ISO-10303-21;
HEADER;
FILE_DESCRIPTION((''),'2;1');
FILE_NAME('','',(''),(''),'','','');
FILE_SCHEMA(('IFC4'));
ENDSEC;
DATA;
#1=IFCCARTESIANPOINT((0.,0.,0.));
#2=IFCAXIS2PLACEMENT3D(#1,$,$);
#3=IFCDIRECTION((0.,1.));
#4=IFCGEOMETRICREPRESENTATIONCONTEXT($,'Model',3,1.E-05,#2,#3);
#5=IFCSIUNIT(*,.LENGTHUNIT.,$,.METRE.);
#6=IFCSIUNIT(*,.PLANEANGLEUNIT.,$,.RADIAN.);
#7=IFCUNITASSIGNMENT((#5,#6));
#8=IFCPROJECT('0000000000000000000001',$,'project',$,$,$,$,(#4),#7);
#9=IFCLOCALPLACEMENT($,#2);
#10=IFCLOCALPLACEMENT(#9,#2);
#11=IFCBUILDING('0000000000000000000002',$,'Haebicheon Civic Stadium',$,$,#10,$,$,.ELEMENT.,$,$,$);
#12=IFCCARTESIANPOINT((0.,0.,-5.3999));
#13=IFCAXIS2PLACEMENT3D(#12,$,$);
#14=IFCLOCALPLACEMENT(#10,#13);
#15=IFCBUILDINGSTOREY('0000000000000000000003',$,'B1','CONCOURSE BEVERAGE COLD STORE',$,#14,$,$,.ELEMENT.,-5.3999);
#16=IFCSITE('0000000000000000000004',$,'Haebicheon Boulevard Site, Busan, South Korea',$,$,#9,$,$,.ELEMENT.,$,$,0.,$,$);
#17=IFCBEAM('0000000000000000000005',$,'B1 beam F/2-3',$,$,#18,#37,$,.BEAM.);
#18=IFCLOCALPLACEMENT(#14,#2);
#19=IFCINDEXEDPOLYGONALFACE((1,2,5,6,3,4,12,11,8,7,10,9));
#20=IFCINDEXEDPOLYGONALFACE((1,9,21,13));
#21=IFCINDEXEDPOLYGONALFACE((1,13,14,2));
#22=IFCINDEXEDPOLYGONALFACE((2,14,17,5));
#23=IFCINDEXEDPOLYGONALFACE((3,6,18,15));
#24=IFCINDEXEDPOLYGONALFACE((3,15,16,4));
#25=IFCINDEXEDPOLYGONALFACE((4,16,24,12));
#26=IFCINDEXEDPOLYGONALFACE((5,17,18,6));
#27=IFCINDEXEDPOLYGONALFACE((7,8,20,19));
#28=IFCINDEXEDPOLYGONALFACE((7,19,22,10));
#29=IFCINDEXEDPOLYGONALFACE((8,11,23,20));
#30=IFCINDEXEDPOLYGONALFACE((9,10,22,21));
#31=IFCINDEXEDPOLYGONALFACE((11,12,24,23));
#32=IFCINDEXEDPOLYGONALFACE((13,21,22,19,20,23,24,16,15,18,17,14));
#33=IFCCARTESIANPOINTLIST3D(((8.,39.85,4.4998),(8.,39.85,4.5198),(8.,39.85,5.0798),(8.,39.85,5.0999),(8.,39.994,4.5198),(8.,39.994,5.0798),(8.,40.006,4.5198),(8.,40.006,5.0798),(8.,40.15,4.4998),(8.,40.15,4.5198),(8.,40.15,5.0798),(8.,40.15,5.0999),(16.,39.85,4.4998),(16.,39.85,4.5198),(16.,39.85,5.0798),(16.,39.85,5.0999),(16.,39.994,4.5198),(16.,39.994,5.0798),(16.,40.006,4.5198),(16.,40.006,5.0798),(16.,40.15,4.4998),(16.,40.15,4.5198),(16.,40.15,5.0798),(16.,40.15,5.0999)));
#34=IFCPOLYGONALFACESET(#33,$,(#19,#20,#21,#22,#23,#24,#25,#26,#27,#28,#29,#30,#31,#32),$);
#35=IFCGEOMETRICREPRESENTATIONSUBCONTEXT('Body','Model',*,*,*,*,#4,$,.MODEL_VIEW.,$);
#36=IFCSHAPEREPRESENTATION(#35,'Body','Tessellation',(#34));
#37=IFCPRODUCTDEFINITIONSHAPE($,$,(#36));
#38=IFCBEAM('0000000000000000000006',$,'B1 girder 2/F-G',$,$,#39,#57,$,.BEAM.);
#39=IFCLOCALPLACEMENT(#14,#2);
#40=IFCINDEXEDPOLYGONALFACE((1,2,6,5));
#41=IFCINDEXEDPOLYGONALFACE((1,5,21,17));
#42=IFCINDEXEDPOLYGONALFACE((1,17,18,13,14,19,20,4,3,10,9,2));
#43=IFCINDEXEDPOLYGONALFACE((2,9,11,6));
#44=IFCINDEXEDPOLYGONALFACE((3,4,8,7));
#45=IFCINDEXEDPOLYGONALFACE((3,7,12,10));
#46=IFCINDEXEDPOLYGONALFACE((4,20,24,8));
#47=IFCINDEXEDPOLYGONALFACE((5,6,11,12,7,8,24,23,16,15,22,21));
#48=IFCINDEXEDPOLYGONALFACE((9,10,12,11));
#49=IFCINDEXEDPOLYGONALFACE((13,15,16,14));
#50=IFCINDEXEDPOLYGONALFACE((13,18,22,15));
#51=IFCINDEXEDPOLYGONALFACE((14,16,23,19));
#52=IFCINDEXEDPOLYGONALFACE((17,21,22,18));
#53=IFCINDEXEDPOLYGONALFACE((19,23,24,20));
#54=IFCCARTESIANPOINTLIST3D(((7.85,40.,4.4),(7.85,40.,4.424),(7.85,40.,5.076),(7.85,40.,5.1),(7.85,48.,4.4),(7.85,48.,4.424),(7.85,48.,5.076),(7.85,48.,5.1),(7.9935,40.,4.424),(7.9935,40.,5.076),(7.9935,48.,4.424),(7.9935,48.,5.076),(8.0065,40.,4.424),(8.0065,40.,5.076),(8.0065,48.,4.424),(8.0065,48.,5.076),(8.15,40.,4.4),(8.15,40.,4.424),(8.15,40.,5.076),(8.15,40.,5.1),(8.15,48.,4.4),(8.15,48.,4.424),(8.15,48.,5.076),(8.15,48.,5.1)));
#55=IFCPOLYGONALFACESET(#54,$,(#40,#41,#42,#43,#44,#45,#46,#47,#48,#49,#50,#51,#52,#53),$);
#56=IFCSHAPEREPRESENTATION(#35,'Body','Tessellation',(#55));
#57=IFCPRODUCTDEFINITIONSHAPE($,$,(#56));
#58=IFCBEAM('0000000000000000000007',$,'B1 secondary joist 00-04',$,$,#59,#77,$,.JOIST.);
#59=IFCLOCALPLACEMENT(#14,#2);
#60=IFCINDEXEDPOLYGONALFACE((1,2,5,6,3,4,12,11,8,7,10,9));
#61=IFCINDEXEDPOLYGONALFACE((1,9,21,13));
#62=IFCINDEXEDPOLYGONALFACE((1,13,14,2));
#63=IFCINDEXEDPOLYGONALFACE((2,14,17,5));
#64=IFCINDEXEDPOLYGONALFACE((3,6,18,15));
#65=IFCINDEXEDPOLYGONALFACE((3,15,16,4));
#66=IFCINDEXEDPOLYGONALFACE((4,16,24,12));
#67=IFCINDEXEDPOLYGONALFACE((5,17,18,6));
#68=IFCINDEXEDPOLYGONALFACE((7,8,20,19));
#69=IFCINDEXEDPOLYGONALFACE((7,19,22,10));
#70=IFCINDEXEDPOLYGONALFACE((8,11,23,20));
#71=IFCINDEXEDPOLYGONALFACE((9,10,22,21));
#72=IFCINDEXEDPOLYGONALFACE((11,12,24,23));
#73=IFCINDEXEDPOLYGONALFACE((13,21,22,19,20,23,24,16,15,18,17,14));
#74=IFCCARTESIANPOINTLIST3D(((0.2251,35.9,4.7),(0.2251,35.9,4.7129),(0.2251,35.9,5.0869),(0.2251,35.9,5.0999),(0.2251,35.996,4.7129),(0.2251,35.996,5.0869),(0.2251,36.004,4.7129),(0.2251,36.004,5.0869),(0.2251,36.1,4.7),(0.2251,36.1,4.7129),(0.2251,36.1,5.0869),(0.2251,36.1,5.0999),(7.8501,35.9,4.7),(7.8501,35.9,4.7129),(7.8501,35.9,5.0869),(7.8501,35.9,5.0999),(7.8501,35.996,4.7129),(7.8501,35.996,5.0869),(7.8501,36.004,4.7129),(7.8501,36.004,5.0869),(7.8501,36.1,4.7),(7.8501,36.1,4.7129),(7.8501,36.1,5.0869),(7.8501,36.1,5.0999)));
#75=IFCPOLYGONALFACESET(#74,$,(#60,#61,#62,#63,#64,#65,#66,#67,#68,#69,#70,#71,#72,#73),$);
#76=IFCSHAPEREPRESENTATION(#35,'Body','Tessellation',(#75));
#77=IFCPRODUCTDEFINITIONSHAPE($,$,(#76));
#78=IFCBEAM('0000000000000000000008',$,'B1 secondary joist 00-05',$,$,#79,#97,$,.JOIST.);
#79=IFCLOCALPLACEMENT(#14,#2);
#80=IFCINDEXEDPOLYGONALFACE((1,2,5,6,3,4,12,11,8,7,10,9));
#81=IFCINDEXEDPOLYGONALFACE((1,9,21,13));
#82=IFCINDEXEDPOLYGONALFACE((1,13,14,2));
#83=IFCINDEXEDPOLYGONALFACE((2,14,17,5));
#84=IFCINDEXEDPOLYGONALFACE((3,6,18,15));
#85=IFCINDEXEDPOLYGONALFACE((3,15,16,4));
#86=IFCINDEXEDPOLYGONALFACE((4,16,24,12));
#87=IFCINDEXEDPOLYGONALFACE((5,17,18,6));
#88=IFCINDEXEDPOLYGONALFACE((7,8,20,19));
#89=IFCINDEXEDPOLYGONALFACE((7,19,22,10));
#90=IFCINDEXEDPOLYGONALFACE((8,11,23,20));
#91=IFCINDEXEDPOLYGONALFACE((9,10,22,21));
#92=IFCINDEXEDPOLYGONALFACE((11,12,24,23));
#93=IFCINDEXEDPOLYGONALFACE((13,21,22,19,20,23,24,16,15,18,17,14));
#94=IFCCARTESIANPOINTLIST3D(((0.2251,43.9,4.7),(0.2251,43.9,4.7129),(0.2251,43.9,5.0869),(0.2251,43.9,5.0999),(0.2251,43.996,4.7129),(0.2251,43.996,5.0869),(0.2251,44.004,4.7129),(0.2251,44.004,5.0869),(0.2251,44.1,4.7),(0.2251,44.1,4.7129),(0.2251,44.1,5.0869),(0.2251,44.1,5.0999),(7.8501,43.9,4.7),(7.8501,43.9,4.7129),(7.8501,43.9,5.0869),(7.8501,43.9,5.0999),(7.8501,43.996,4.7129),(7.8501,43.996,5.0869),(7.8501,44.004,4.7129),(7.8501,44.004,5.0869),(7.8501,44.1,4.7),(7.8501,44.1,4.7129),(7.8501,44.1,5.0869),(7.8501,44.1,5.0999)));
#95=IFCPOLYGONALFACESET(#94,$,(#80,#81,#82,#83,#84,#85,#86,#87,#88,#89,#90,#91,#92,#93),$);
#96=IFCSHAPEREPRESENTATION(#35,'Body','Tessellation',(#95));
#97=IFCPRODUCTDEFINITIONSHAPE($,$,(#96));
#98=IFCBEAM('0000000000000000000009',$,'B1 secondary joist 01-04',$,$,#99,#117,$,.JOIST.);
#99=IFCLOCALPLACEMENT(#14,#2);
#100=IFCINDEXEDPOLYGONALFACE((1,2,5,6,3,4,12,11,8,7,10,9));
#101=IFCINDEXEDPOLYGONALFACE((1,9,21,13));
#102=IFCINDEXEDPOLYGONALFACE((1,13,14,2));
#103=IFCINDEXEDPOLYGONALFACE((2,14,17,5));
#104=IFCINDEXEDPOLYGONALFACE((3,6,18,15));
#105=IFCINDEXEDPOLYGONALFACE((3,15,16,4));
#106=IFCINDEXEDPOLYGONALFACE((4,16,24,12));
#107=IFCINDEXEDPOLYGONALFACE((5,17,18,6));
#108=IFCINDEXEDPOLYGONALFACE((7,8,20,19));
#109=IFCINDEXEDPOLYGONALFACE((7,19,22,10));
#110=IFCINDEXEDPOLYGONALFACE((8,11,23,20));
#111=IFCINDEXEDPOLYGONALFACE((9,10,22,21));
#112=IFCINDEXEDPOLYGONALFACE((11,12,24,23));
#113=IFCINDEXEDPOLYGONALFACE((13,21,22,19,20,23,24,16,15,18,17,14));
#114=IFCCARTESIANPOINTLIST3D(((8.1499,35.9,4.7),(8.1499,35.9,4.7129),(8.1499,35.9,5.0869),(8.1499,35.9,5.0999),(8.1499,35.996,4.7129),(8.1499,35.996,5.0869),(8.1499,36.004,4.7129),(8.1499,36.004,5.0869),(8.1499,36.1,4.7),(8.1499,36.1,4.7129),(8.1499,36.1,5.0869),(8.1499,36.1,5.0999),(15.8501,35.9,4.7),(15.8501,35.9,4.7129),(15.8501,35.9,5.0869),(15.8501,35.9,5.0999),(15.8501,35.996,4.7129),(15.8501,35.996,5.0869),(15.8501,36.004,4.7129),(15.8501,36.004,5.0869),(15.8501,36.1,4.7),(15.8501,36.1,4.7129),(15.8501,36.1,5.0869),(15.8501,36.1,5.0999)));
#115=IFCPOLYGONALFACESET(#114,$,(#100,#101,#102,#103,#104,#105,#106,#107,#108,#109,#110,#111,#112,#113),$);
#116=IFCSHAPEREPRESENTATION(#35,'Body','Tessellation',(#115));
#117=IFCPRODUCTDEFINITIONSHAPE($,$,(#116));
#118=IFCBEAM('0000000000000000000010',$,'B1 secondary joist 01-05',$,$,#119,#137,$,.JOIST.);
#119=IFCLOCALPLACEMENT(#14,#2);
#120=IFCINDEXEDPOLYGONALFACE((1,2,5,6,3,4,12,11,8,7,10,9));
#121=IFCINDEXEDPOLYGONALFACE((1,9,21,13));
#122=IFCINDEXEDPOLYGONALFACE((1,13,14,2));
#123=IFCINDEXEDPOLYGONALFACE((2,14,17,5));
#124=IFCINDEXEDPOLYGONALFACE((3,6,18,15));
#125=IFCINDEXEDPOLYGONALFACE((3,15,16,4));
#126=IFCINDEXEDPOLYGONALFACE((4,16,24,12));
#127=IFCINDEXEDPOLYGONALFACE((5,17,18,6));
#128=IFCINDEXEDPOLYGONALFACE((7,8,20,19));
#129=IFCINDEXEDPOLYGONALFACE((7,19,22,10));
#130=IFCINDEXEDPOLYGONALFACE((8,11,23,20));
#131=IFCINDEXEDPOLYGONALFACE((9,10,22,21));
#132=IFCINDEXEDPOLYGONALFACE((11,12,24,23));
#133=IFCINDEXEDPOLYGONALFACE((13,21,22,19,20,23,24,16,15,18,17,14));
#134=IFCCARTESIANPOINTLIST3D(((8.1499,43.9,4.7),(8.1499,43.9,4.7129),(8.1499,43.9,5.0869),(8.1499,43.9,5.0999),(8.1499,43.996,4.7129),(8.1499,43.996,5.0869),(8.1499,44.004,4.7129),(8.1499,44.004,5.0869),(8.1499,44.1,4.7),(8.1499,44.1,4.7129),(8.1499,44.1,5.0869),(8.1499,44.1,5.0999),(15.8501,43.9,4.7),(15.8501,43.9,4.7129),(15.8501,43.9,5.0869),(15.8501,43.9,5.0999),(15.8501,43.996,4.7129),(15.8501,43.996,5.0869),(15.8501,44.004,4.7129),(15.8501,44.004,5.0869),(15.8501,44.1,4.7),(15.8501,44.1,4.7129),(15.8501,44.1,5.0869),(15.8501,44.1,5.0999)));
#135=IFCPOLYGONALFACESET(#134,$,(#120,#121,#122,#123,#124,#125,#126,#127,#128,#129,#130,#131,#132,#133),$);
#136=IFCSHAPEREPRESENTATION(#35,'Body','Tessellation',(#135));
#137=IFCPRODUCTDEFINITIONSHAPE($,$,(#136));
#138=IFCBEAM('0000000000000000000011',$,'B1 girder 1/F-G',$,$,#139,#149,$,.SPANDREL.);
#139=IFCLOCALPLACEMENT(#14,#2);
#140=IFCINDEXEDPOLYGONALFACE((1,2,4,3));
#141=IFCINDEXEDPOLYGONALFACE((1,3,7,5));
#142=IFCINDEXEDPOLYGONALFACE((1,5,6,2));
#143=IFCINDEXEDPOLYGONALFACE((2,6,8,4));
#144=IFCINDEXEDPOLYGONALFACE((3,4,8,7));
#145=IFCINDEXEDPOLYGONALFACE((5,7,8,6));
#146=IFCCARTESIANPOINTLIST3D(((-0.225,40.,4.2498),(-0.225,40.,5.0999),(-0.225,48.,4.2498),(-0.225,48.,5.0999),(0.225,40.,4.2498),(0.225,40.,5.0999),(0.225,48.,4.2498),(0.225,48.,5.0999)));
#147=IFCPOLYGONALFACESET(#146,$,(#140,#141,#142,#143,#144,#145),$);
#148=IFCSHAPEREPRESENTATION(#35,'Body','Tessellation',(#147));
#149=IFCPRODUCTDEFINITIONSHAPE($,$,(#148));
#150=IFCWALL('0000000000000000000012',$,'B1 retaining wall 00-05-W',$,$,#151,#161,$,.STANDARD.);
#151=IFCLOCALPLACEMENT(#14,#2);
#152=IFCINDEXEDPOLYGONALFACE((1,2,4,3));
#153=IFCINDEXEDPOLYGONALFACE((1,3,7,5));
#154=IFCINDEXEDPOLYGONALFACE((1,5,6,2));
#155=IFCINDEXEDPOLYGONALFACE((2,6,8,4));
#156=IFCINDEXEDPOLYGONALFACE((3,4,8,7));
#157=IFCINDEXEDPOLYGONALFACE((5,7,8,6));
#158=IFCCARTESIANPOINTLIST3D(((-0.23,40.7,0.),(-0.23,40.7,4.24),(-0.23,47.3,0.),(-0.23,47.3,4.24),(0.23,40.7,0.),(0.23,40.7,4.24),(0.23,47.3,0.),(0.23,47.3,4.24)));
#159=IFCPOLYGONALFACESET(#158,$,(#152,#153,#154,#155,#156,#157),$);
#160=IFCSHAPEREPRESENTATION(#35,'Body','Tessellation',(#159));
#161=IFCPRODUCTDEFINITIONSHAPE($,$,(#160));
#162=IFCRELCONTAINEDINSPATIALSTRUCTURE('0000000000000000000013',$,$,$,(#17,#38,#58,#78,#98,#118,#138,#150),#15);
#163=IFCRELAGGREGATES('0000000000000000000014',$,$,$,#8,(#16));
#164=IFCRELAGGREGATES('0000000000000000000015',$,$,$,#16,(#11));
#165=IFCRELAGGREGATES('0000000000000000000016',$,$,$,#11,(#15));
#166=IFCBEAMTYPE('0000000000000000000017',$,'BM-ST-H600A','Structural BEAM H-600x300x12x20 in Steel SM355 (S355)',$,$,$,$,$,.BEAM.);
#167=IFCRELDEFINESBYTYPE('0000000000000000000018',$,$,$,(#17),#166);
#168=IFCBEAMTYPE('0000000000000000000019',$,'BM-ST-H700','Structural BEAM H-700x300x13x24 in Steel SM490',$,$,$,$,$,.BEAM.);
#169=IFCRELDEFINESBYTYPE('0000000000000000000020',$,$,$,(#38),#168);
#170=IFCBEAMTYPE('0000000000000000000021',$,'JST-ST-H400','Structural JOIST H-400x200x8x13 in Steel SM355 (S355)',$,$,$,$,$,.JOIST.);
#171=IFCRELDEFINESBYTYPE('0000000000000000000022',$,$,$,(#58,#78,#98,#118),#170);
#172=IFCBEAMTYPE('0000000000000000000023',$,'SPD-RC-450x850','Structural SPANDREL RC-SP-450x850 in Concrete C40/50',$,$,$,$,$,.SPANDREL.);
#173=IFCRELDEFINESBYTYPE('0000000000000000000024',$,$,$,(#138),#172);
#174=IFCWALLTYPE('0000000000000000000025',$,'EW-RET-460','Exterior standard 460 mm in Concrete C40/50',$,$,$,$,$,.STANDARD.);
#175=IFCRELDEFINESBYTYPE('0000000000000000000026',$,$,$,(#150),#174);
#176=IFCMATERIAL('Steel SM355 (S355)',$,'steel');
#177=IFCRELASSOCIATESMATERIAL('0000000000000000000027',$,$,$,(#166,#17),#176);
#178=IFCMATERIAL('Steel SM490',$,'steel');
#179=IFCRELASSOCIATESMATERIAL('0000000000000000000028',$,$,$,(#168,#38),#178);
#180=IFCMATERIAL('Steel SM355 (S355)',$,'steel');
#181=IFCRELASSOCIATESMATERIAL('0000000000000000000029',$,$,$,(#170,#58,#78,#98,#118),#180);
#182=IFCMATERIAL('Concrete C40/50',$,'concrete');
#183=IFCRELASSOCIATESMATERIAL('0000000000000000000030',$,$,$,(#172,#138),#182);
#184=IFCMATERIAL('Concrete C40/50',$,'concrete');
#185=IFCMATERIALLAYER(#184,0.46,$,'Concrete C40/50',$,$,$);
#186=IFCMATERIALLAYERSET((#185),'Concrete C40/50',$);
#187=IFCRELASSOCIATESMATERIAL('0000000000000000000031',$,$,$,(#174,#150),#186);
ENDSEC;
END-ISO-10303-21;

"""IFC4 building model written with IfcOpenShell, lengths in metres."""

from ifc_helpers import new_model, si_unit, direction, frame, frame_2d, origin, origin_2d, place, context, subcontext, project, spatial, rectangle, i_section, extrude, material, layer, layer_set, material_profile, profile_set, type_object, element, save


model = new_model("IFC4")

# Units and contexts
model_context = context("Model", 3, precision=1e-05, world=origin(), true_north=direction((0.0, 1.0)))
body_context = subcontext(model_context, "Body", "Model", "MODEL_VIEW")
ifc_project = project(units=[si_unit("LENGTHUNIT", "METRE"), si_unit("PLANEANGLEUNIT", "RADIAN")], contexts=[model_context])

# Site, building, storey
site_placement = place(None, origin())
site = spatial("IfcSite", under=ifc_project, at=site_placement, Name="Haebicheon Boulevard Site, Busan, South Korea", CompositionType="ELEMENT", RefElevation=0.0)
building_placement = place(site_placement, origin())
building = spatial("IfcBuilding", under=site, at=building_placement, Name="Haebicheon Civic Stadium", CompositionType="ELEMENT")
storey_placement = place(building_placement, frame((0.0, 0.0, -5.3999)))
storey = spatial("IfcBuildingStorey", under=building, at=storey_placement, Name="B1", Description="CONCOURSE BEVERAGE COLD STORE", CompositionType="ELEMENT", Elevation=-5.3999)

# Beams
ifc_material_1 = material(Name="Steel SM355 (S355)", Category="steel")
ifc_material_profile_1 = material_profile(ifc_material_1, i_section(OverallWidth=0.3, OverallDepth=0.6001, WebThickness=0.012, FlangeThickness=0.02, at=origin_2d()), Name="H-600x300x12x20")
ifc_profile_set_1 = profile_set([ifc_material_profile_1], Name="Steel SM355 (S355)")
beam_type_1 = type_object("IfcBeamType", Name="BM-ST-H600A", Description="Structural BEAM H-600x300x12x20 in Steel SM355 (S355)", PredefinedType="BEAM", material=ifc_profile_set_1)
for number, where, z_axis, x_axis, name in (
    (1, (8.0, 40.0, 4.7998), (1.0, 0.0, 0.0), (0.0, 1.0, 0.0), "B1 beam F/2-3"),
):
    element("IfcBeam", number, at=place(storey_placement, frame(where, z_axis=z_axis, x_axis=x_axis)), inside=storey, type_object=beam_type_1, material=ifc_profile_set_1, Name=name, PredefinedType="BEAM", context=body_context, shape_type="SweptSolid", body=[
        extrude(i_section(OverallWidth=0.3, OverallDepth=0.6001, WebThickness=0.012, FlangeThickness=0.02, at=origin_2d()), origin(), (0.0, 0.0, 1.0), 8.0),
    ])
ifc_material_2 = material(Name="Steel SM490", Category="steel")
ifc_material_profile_2 = material_profile(ifc_material_2, i_section(OverallWidth=0.3, OverallDepth=0.7, WebThickness=0.0129, FlangeThickness=0.0239, at=origin_2d()), Name="H-700x300x13x24")
ifc_profile_set_2 = profile_set([ifc_material_profile_2], Name="Steel SM490")
beam_type_2 = type_object("IfcBeamType", Name="BM-ST-H700", Description="Structural BEAM H-700x300x13x24 in Steel SM490", PredefinedType="BEAM", material=ifc_profile_set_2)
beam_1_placement = place(storey_placement, frame((8.0, 40.0, 4.75), z_axis=(0.0, 1.0, 0.0), x_axis=(-1.0, 0.0, 0.0)))
element("IfcBeam", 2, at=beam_1_placement, inside=storey, type_object=beam_type_2, material=ifc_profile_set_2, Name="B1 girder 2/F-G", PredefinedType="BEAM", context=body_context, shape_type="SweptSolid", body=[
    extrude(i_section(OverallWidth=0.3, OverallDepth=0.7, WebThickness=0.0129, FlangeThickness=0.0239, at=origin_2d()), origin(), (0.0, 0.0, 1.0), 8.0),
])
ifc_material_3 = material(Name="Steel SM355 (S355)", Category="steel")
ifc_material_profile_3 = material_profile(ifc_material_3, i_section(OverallWidth=0.2, OverallDepth=0.3999, WebThickness=0.0081, FlangeThickness=0.0129, at=origin_2d()), Name="H-400x200x8x13")
ifc_profile_set_3 = profile_set([ifc_material_profile_3], Name="Steel SM355 (S355)")
beam_type_3 = type_object("IfcBeamType", Name="JST-ST-H400", Description="Structural JOIST H-400x200x8x13 in Steel SM355 (S355)", PredefinedType="JOIST", material=ifc_profile_set_3)
for number, where, z_axis, x_axis, name in (
    (3, (0.2251, 36.0, 4.8999), (1.0, 0.0, 0.0), (0.0, 1.0, 0.0), "B1 secondary joist 00-04"),
    (4, (0.2251, 44.0, 4.8999), (1.0, 0.0, 0.0), (0.0, 1.0, 0.0), "B1 secondary joist 00-05"),
):
    element("IfcBeam", number, at=place(storey_placement, frame(where, z_axis=z_axis, x_axis=x_axis)), inside=storey, type_object=beam_type_3, material=ifc_profile_set_3, Name=name, PredefinedType="JOIST", context=body_context, shape_type="SweptSolid", body=[
        extrude(i_section(OverallWidth=0.2, OverallDepth=0.3999, WebThickness=0.0081, FlangeThickness=0.0129, at=origin_2d()), origin(), (0.0, 0.0, 1.0), 7.625),
    ])
for number, where, z_axis, x_axis, name in (
    (5, (8.1499, 36.0, 4.8999), (1.0, 0.0, 0.0), (0.0, 1.0, 0.0), "B1 secondary joist 01-04"),
    (6, (8.1499, 44.0, 4.8999), (1.0, 0.0, 0.0), (0.0, 1.0, 0.0), "B1 secondary joist 01-05"),
):
    element("IfcBeam", number, at=place(storey_placement, frame(where, z_axis=z_axis, x_axis=x_axis)), inside=storey, type_object=beam_type_3, material=ifc_profile_set_3, Name=name, PredefinedType="JOIST", context=body_context, shape_type="SweptSolid", body=[
        extrude(i_section(OverallWidth=0.2, OverallDepth=0.3999, WebThickness=0.0081, FlangeThickness=0.0129, at=origin_2d()), origin(), (0.0, 0.0, 1.0), 7.7002),
    ])
ifc_material_4 = material(Name="Concrete C40/50", Category="concrete")
ifc_material_profile_4 = material_profile(ifc_material_4, rectangle(XDim=0.45, YDim=0.8501, at=origin_2d()), Name="RC-SP-450x850")
ifc_profile_set_4 = profile_set([ifc_material_profile_4], Name="Concrete C40/50")
beam_type_4 = type_object("IfcBeamType", Name="SPD-RC-450x850", Description="Structural SPANDREL RC-SP-450x850 in Concrete C40/50", PredefinedType="SPANDREL", material=ifc_profile_set_4)
beam_2_placement = place(storey_placement, frame((0.0, 40.0, 4.6748), z_axis=(0.0, 1.0, 0.0), x_axis=(-1.0, 0.0, 0.0)))
element("IfcBeam", 7, at=beam_2_placement, inside=storey, type_object=beam_type_4, material=ifc_profile_set_4, Name="B1 girder 1/F-G", PredefinedType="SPANDREL", context=body_context, shape_type="SweptSolid", body=[
    extrude(rectangle(XDim=0.45, YDim=0.8501, at=origin_2d()), origin(), (0.0, 0.0, 1.0), 8.0),
])

# Wall
ifc_material_5 = material(Name="Concrete C40/50", Category="concrete")
ifc_layer_1 = layer(ifc_material_5, 0.46, Name="Concrete C40/50")
ifc_layer_set_1 = layer_set([ifc_layer_1], Name="Concrete C40/50")
wall_type = type_object("IfcWallType", Name="EW-RET-460", Description="Exterior standard 460 mm in Concrete C40/50", PredefinedType="STANDARD", material=ifc_layer_set_1)
wall_placement = place(storey_placement, frame((0.0, 40.7, 0.0), z_axis=(0.0, 0.0, 1.0), x_axis=(0.0, 1.0, 0.0)))
element("IfcWall", 8, at=wall_placement, inside=storey, type_object=wall_type, material=ifc_layer_set_1, Name="B1 retaining wall 00-05-W", PredefinedType="STANDARD", context=body_context, shape_type="SweptSolid", body=[
    extrude(rectangle(XDim=6.6001, YDim=0.46, at=frame_2d((3.3, 0.0))), origin(), (0.0, 0.0, 1.0), 4.24),
])

save(model, "model.ifc")
